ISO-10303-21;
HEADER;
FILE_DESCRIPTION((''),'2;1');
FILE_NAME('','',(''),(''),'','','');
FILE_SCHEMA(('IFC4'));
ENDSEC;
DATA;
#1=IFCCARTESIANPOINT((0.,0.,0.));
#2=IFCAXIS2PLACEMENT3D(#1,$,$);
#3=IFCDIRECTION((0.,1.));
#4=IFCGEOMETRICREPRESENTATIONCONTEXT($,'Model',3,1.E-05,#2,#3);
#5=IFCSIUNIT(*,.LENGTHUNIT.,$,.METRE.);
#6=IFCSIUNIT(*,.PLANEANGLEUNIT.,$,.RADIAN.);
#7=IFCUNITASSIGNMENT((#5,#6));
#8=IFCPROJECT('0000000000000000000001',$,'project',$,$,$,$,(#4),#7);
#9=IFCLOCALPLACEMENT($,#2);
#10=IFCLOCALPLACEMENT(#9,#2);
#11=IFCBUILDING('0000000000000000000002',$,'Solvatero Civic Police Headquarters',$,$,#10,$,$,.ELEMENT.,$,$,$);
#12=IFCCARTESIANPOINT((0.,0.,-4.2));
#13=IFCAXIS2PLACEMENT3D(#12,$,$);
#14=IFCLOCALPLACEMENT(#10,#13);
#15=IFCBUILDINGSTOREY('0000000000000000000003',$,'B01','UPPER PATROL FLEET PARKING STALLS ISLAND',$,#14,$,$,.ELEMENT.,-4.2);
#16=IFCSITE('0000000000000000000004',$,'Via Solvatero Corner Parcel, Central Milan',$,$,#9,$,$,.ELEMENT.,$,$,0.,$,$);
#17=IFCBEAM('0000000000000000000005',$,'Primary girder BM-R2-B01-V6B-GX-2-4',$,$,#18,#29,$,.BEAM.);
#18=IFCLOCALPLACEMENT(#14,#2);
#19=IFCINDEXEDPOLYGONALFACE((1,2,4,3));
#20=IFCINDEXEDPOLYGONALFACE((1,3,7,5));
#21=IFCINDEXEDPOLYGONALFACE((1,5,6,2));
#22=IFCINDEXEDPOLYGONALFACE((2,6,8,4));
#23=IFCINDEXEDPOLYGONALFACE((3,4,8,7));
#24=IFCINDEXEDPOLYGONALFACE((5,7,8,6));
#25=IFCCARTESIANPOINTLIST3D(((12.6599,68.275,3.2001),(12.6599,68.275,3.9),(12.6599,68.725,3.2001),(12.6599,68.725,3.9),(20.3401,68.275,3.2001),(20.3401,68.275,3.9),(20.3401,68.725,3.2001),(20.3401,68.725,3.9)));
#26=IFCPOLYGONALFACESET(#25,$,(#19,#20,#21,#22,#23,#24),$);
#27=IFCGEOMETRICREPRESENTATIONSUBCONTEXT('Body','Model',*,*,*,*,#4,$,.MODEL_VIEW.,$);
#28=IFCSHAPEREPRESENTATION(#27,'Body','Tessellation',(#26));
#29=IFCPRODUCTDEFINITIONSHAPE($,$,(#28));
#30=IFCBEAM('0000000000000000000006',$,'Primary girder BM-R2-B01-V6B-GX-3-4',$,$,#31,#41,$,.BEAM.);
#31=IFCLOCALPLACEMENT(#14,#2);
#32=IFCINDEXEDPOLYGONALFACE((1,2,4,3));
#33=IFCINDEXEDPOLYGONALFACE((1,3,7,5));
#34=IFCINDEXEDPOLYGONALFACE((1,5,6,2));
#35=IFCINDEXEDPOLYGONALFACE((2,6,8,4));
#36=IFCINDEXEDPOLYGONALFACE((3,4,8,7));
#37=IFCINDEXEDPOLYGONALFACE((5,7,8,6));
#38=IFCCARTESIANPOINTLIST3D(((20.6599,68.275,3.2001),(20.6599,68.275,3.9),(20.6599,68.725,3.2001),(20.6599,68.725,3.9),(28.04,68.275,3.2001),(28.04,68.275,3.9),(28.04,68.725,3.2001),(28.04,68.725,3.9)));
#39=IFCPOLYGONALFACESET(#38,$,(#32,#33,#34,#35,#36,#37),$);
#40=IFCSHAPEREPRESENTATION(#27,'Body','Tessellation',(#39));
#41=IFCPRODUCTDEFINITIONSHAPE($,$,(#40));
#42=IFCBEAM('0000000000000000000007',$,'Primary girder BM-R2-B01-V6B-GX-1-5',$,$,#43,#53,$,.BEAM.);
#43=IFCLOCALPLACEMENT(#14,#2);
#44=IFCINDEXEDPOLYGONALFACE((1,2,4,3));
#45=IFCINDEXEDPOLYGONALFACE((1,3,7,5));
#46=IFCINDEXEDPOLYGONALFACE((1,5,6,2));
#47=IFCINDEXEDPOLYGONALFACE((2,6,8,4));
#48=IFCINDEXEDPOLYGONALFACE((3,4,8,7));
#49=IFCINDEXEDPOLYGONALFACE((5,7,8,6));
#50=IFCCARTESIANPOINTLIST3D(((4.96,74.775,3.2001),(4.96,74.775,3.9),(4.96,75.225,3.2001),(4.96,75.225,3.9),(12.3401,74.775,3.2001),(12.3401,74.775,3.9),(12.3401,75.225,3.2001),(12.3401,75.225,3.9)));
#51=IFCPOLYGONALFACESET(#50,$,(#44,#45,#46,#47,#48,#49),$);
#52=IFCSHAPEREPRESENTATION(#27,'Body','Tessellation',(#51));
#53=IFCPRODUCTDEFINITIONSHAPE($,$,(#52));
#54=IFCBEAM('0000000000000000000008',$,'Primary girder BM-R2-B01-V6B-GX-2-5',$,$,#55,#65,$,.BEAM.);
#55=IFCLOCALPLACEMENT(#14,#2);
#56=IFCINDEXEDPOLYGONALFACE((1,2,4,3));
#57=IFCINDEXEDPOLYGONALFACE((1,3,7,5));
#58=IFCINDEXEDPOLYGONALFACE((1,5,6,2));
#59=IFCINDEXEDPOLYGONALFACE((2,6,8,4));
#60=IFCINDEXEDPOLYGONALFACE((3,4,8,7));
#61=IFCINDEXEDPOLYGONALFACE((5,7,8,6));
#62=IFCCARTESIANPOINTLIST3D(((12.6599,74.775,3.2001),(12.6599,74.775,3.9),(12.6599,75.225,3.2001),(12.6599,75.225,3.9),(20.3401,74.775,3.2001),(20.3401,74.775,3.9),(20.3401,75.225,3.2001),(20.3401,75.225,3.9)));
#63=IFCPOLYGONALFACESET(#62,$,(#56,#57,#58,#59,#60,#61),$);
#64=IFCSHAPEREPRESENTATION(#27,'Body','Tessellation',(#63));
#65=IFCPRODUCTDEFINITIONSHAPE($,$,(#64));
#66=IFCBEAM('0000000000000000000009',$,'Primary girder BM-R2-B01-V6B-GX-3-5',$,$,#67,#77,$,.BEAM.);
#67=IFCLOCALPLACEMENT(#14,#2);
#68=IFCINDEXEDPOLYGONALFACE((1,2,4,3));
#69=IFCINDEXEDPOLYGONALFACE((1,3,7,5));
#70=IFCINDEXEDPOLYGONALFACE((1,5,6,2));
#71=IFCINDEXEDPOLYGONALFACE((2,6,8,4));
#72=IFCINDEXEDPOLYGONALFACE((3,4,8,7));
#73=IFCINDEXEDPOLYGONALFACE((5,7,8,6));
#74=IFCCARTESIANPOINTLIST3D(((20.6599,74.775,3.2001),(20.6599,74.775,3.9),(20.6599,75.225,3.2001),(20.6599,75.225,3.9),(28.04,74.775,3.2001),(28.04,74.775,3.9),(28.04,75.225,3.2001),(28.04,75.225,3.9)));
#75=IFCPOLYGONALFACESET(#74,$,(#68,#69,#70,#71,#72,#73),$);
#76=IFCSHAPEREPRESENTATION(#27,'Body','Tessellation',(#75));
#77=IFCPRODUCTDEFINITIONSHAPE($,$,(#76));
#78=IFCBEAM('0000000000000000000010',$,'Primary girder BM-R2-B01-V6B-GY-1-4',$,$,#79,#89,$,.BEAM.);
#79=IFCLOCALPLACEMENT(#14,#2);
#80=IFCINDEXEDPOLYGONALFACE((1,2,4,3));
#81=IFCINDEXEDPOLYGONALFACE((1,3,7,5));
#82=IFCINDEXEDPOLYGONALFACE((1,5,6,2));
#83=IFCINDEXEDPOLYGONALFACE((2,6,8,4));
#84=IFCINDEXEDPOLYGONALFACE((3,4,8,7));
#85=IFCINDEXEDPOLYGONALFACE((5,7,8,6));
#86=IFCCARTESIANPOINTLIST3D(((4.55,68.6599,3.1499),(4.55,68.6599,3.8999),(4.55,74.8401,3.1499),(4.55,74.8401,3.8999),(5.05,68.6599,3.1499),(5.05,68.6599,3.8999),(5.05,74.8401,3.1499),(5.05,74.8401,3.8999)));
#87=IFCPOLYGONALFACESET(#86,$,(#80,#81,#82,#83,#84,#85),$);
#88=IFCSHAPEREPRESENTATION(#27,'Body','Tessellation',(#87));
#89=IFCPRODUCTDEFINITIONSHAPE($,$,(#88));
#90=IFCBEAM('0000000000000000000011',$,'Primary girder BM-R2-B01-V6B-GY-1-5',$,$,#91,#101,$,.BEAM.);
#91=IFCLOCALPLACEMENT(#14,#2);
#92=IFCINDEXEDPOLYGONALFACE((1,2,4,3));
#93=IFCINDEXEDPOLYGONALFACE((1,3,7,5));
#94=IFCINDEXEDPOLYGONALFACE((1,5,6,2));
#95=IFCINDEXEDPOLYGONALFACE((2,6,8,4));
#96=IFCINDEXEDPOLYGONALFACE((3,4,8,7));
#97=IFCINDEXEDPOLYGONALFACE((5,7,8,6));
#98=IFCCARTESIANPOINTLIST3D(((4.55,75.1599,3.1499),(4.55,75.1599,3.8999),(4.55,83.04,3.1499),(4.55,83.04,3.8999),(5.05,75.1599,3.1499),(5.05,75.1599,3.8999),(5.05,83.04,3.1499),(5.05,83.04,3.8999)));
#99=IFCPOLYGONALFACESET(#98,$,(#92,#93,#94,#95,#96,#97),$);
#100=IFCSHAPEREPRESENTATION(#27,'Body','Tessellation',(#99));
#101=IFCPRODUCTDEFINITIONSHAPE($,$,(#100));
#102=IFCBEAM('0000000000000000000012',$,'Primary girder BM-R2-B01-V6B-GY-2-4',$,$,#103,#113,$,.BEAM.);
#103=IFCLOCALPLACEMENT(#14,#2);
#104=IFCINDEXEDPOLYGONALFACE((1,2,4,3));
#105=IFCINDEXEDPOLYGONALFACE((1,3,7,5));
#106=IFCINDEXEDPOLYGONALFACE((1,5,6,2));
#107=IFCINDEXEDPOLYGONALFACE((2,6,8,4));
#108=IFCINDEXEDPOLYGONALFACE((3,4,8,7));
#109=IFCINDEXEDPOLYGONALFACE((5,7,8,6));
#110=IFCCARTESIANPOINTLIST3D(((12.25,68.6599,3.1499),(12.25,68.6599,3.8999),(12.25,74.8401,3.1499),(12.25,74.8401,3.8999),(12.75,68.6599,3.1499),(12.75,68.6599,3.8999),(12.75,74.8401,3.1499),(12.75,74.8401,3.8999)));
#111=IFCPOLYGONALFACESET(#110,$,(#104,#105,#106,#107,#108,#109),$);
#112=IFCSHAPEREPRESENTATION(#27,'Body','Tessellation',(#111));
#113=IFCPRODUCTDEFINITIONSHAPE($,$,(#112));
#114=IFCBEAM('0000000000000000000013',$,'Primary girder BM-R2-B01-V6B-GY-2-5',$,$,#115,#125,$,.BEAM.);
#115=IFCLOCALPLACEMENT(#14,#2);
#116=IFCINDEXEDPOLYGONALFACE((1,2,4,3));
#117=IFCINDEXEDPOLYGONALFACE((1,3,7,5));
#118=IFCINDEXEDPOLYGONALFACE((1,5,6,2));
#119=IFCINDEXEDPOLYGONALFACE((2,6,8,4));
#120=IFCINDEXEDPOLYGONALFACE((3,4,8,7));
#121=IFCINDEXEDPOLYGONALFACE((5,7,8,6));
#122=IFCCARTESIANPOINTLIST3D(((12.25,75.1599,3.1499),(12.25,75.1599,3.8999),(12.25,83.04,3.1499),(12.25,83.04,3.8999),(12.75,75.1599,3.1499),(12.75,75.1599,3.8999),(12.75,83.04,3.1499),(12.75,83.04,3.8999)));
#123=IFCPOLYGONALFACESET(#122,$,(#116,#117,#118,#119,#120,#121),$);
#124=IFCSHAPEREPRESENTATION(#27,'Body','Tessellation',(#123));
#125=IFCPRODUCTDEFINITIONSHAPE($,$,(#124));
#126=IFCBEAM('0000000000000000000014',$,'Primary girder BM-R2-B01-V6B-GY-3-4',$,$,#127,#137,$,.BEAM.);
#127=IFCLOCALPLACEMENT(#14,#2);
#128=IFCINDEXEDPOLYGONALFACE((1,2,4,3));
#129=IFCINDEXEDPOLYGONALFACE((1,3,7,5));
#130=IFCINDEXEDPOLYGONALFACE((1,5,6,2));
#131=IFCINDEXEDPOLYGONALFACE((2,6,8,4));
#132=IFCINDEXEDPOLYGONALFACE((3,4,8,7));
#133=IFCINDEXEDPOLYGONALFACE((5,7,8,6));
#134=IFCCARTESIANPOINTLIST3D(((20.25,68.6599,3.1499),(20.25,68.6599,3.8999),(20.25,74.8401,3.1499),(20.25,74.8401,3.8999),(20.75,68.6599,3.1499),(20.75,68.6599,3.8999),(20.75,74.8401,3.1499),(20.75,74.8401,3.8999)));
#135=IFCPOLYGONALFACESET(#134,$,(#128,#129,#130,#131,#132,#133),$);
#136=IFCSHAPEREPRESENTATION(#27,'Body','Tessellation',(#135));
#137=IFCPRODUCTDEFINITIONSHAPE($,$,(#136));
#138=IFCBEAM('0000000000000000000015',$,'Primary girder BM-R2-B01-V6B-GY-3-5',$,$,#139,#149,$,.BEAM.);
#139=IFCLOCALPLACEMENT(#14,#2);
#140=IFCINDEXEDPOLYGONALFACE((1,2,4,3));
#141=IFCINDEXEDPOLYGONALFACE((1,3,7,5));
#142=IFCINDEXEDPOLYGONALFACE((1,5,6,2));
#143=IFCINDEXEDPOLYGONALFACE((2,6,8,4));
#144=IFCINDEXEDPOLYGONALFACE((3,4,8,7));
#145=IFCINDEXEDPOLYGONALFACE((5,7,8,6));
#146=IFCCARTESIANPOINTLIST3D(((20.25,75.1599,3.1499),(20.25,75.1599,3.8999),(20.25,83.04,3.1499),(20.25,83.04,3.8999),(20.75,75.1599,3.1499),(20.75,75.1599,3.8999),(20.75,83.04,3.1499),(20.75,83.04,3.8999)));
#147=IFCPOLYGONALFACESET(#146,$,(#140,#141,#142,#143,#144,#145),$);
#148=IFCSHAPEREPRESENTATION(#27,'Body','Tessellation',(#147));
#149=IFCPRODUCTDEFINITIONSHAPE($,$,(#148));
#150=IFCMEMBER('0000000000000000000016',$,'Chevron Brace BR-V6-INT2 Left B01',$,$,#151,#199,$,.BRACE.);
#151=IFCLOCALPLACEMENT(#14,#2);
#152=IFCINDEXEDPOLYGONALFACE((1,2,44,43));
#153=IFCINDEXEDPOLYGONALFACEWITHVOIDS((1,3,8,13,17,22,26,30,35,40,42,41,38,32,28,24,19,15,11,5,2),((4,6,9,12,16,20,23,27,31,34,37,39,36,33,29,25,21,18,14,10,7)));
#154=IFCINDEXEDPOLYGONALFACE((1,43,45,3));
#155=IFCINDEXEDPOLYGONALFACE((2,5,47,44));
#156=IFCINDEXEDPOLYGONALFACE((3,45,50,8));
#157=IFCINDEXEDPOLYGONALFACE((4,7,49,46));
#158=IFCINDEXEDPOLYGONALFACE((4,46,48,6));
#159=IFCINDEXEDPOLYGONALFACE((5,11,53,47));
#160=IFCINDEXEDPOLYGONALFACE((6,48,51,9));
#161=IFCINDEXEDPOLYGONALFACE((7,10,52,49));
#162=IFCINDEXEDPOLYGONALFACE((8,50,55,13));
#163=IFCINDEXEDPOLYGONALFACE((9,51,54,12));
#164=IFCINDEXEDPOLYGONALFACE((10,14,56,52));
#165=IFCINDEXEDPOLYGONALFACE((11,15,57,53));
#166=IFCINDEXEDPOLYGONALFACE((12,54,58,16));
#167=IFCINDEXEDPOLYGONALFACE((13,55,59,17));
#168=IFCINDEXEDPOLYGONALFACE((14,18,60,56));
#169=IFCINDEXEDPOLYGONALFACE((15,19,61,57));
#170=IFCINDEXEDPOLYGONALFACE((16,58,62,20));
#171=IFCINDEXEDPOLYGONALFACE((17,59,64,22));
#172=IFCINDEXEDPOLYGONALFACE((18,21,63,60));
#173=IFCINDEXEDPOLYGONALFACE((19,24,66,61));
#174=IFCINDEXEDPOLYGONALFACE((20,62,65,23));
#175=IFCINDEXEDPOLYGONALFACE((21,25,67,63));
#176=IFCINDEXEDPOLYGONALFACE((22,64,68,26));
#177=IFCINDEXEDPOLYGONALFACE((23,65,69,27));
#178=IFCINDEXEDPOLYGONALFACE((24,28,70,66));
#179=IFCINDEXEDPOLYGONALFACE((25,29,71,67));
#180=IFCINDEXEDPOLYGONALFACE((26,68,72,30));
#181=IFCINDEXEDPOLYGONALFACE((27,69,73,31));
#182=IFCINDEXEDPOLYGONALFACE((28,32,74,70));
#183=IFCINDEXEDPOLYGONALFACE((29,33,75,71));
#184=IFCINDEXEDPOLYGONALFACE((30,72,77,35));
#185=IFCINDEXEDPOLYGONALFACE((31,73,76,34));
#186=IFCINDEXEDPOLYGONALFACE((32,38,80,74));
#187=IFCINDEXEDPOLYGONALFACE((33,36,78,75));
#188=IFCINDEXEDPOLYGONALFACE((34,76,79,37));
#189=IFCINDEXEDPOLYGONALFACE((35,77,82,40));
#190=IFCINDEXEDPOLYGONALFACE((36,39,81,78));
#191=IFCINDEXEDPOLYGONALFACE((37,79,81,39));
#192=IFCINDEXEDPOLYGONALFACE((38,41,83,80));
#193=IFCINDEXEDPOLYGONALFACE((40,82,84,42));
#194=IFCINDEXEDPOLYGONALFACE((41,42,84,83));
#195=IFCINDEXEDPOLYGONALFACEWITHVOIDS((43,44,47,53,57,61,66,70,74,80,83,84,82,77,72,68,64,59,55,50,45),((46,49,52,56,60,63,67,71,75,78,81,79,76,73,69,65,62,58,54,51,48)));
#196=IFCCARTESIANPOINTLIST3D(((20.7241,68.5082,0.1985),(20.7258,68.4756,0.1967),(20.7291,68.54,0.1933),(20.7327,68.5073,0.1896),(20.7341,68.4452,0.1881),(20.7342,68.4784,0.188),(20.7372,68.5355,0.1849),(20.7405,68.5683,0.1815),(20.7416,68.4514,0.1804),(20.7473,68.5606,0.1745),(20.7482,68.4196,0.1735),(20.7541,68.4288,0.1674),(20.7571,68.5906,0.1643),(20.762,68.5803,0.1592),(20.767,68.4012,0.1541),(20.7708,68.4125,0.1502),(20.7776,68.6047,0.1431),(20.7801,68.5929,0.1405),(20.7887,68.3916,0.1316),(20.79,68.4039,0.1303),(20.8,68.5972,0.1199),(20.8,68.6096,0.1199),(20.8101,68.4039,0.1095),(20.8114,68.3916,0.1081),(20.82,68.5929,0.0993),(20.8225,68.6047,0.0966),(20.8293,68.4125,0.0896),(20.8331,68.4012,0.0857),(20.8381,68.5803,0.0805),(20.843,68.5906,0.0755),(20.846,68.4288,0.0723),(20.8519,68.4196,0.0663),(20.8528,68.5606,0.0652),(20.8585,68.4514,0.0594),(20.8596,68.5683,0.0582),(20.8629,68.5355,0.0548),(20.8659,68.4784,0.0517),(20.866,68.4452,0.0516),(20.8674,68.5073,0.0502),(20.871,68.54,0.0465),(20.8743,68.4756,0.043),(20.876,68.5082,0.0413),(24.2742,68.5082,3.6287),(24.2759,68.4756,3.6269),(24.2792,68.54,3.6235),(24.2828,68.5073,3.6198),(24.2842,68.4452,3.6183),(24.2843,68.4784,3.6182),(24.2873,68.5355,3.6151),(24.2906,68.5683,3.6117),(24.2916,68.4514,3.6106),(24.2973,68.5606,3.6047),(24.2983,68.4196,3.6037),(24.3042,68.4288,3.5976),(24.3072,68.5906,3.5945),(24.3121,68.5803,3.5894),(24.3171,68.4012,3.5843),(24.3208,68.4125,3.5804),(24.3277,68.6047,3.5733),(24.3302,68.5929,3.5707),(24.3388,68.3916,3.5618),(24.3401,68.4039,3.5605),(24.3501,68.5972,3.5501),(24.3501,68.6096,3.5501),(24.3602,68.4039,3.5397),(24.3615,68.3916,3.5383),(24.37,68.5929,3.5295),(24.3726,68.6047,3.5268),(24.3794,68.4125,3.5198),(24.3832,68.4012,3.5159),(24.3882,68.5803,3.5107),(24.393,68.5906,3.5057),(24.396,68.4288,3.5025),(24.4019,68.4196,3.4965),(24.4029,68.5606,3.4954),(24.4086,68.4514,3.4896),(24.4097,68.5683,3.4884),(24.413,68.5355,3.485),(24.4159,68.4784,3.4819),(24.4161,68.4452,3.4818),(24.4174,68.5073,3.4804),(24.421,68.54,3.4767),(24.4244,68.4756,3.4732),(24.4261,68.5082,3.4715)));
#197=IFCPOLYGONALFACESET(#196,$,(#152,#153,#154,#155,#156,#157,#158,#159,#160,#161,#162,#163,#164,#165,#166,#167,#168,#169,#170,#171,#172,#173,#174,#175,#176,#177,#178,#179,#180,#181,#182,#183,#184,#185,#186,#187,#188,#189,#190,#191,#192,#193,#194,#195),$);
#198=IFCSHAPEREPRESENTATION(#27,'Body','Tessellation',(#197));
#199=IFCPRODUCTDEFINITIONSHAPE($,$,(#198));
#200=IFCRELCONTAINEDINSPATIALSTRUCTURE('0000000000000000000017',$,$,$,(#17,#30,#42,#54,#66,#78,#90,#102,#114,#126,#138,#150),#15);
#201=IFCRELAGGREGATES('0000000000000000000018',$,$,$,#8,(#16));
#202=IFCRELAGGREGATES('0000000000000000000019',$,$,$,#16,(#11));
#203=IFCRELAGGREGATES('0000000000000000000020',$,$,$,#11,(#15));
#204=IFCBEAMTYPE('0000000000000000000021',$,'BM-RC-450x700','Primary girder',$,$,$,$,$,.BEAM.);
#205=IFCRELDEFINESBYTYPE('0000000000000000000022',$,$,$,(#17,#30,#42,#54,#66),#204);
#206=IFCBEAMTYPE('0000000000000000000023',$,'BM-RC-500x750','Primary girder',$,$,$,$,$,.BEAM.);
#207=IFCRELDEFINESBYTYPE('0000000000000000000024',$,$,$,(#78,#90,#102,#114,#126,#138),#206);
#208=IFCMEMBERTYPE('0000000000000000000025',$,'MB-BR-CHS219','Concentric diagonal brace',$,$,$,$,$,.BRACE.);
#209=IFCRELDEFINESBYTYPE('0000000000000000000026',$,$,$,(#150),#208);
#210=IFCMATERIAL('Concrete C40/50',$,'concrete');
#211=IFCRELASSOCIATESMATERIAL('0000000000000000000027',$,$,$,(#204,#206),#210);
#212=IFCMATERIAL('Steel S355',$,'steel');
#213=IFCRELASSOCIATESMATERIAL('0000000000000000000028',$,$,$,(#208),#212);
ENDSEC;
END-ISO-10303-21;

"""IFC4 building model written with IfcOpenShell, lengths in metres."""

from ifc_helpers import new_model, si_unit, direction, frame, origin, origin_2d, place, context, subcontext, project, spatial, rectangle, hollow_circle, extrude, material, material_profile, profile_set, type_object, element, save


model = new_model("IFC4")

# Units and contexts
model_context = context("Model", 3, precision=1e-05, world=origin(), true_north=direction((0.0, 1.0)))
body_context = subcontext(model_context, "Body", "Model", "MODEL_VIEW")
ifc_project = project(units=[si_unit("LENGTHUNIT", "METRE"), si_unit("PLANEANGLEUNIT", "RADIAN")], contexts=[model_context])

# Site, building, storey
site_placement = place(None, origin())
site = spatial("IfcSite", under=ifc_project, at=site_placement, Name="Via Solvatero Corner Parcel, Central Milan", CompositionType="ELEMENT", RefElevation=0.0)
building_placement = place(site_placement, origin())
building = spatial("IfcBuilding", under=site, at=building_placement, Name="Solvatero Civic Police Headquarters", CompositionType="ELEMENT")
storey_placement = place(building_placement, frame((0.0, 0.0, -4.2)))
storey = spatial("IfcBuildingStorey", under=building, at=storey_placement, Name="B01", Description="UPPER PATROL FLEET PARKING STALLS ISLAND", CompositionType="ELEMENT", Elevation=-4.2)

# Shared definitions
ifc_material_1 = material(Name="Concrete C40/50", Category="concrete")

# Beams
ifc_material_profile_1 = material_profile(ifc_material_1, rectangle(XDim=0.45, YDim=0.7, at=origin_2d()), Name="RC 450x700")
ifc_profile_set_1 = profile_set([ifc_material_profile_1], Name="Concrete C40/50")
beam_type_1 = type_object("IfcBeamType", Name="BM-RC-450x700", Description="Primary girder", PredefinedType="BEAM", material=ifc_profile_set_1)
beam_1_placement = place(storey_placement, frame((12.6599, 68.5, 3.55), z_axis=(1.0, 0.0, 0.0), x_axis=(0.0, 1.0, 0.0)))
element("IfcBeam", 1, at=beam_1_placement, inside=storey, type_object=beam_type_1, Name="Primary girder BM-R2-B01-V6B-GX-2-4", PredefinedType="BEAM", context=body_context, shape_type="SweptSolid", body=[
    extrude(rectangle(XDim=0.45, YDim=0.7, at=origin_2d()), origin(), (0.0, 0.0, 1.0), 7.6802),
])
for number, where, z_axis, x_axis, name in (
    (2, (20.6599, 68.5, 3.55), (1.0, 0.0, 0.0), (0.0, 1.0, 0.0), "Primary girder BM-R2-B01-V6B-GX-3-4"),
    (3, (4.96, 75.0, 3.55), (1.0, 0.0, 0.0), (0.0, 1.0, 0.0), "Primary girder BM-R2-B01-V6B-GX-1-5"),
):
    element("IfcBeam", number, at=place(storey_placement, frame(where, z_axis=z_axis, x_axis=x_axis)), inside=storey, type_object=beam_type_1, Name=name, PredefinedType="BEAM", context=body_context, shape_type="SweptSolid", body=[
        extrude(rectangle(XDim=0.45, YDim=0.7, at=origin_2d()), origin(), (0.0, 0.0, 1.0), 7.3801),
    ])
beam_2_placement = place(storey_placement, frame((12.6599, 75.0, 3.55), z_axis=(1.0, 0.0, 0.0), x_axis=(0.0, 1.0, 0.0)))
element("IfcBeam", 4, at=beam_2_placement, inside=storey, type_object=beam_type_1, Name="Primary girder BM-R2-B01-V6B-GX-2-5", PredefinedType="BEAM", context=body_context, shape_type="SweptSolid", body=[
    extrude(rectangle(XDim=0.45, YDim=0.7, at=origin_2d()), origin(), (0.0, 0.0, 1.0), 7.6802),
])
beam_3_placement = place(storey_placement, frame((20.6599, 75.0, 3.55), z_axis=(1.0, 0.0, 0.0), x_axis=(0.0, 1.0, 0.0)))
element("IfcBeam", 5, at=beam_3_placement, inside=storey, type_object=beam_type_1, Name="Primary girder BM-R2-B01-V6B-GX-3-5", PredefinedType="BEAM", context=body_context, shape_type="SweptSolid", body=[
    extrude(rectangle(XDim=0.45, YDim=0.7, at=origin_2d()), origin(), (0.0, 0.0, 1.0), 7.3801),
])
ifc_material_profile_2 = material_profile(ifc_material_1, rectangle(XDim=0.5, YDim=0.75, at=origin_2d()), Name="RC 500x750")
ifc_profile_set_2 = profile_set([ifc_material_profile_2], Name="Concrete C40/50")
beam_type_2 = type_object("IfcBeamType", Name="BM-RC-500x750", Description="Primary girder", PredefinedType="BEAM", material=ifc_profile_set_2)
beam_4_placement = place(storey_placement, frame((4.8, 68.6599, 3.5249), z_axis=(0.0, 1.0, 0.0), x_axis=(-1.0, 0.0, 0.0)))
element("IfcBeam", 6, at=beam_4_placement, inside=storey, type_object=beam_type_2, Name="Primary girder BM-R2-B01-V6B-GY-1-4", PredefinedType="BEAM", context=body_context, shape_type="SweptSolid", body=[
    extrude(rectangle(XDim=0.5, YDim=0.75, at=origin_2d()), origin(), (0.0, 0.0, 1.0), 6.1802),
])
beam_5_placement = place(storey_placement, frame((4.8, 75.1599, 3.5249), z_axis=(0.0, 1.0, 0.0), x_axis=(-1.0, 0.0, 0.0)))
element("IfcBeam", 7, at=beam_5_placement, inside=storey, type_object=beam_type_2, Name="Primary girder BM-R2-B01-V6B-GY-1-5", PredefinedType="BEAM", context=body_context, shape_type="SweptSolid", body=[
    extrude(rectangle(XDim=0.5, YDim=0.75, at=origin_2d()), origin(), (0.0, 0.0, 1.0), 7.8801),
])
beam_6_placement = place(storey_placement, frame((12.5, 68.6599, 3.5249), z_axis=(0.0, 1.0, 0.0), x_axis=(-1.0, 0.0, 0.0)))
element("IfcBeam", 8, at=beam_6_placement, inside=storey, type_object=beam_type_2, Name="Primary girder BM-R2-B01-V6B-GY-2-4", PredefinedType="BEAM", context=body_context, shape_type="SweptSolid", body=[
    extrude(rectangle(XDim=0.5, YDim=0.75, at=origin_2d()), origin(), (0.0, 0.0, 1.0), 6.1802),
])
beam_7_placement = place(storey_placement, frame((12.5, 75.1599, 3.5249), z_axis=(0.0, 1.0, 0.0), x_axis=(-1.0, 0.0, 0.0)))
element("IfcBeam", 9, at=beam_7_placement, inside=storey, type_object=beam_type_2, Name="Primary girder BM-R2-B01-V6B-GY-2-5", PredefinedType="BEAM", context=body_context, shape_type="SweptSolid", body=[
    extrude(rectangle(XDim=0.5, YDim=0.75, at=origin_2d()), origin(), (0.0, 0.0, 1.0), 7.8801),
])
beam_8_placement = place(storey_placement, frame((20.5, 68.6599, 3.5249), z_axis=(0.0, 1.0, 0.0), x_axis=(-1.0, 0.0, 0.0)))
element("IfcBeam", 10, at=beam_8_placement, inside=storey, type_object=beam_type_2, Name="Primary girder BM-R2-B01-V6B-GY-3-4", PredefinedType="BEAM", context=body_context, shape_type="SweptSolid", body=[
    extrude(rectangle(XDim=0.5, YDim=0.75, at=origin_2d()), origin(), (0.0, 0.0, 1.0), 6.1802),
])
beam_9_placement = place(storey_placement, frame((20.5, 75.1599, 3.5249), z_axis=(0.0, 1.0, 0.0), x_axis=(-1.0, 0.0, 0.0)))
element("IfcBeam", 11, at=beam_9_placement, inside=storey, type_object=beam_type_2, Name="Primary girder BM-R2-B01-V6B-GY-3-5", PredefinedType="BEAM", context=body_context, shape_type="SweptSolid", body=[
    extrude(rectangle(XDim=0.5, YDim=0.75, at=origin_2d()), origin(), (0.0, 0.0, 1.0), 7.8801),
])

# Member
ifc_material_2 = material(Name="Steel S355", Category="steel")
ifc_material_profile_3 = material_profile(ifc_material_2, hollow_circle(Radius=0.1096, WallThickness=0.0125, at=origin_2d()), Name="CHS 219.1x12.5")
ifc_profile_set_3 = profile_set([ifc_material_profile_3], Name="Steel S355")
member_type = type_object("IfcMemberType", Name="MB-BR-CHS219", Description="Concentric diagonal brace", PredefinedType="BRACE", material=ifc_profile_set_3)
member_placement = place(storey_placement, frame((20.8, 68.5, 0.1199), z_axis=(0.719144, 0.0, 0.694861), x_axis=(0.0, 1.0, 0.0)))
element("IfcMember", 12, at=member_placement, inside=storey, type_object=member_type, Name="Chevron Brace BR-V6-INT2 Left B01", PredefinedType="BRACE", context=body_context, shape_type="SweptSolid", body=[
    extrude(hollow_circle(Radius=0.1096, WallThickness=0.0125, at=origin_2d()), origin(), (0.0, 0.0, 1.0), 4.9365),
])

save(model, "model.ifc")
